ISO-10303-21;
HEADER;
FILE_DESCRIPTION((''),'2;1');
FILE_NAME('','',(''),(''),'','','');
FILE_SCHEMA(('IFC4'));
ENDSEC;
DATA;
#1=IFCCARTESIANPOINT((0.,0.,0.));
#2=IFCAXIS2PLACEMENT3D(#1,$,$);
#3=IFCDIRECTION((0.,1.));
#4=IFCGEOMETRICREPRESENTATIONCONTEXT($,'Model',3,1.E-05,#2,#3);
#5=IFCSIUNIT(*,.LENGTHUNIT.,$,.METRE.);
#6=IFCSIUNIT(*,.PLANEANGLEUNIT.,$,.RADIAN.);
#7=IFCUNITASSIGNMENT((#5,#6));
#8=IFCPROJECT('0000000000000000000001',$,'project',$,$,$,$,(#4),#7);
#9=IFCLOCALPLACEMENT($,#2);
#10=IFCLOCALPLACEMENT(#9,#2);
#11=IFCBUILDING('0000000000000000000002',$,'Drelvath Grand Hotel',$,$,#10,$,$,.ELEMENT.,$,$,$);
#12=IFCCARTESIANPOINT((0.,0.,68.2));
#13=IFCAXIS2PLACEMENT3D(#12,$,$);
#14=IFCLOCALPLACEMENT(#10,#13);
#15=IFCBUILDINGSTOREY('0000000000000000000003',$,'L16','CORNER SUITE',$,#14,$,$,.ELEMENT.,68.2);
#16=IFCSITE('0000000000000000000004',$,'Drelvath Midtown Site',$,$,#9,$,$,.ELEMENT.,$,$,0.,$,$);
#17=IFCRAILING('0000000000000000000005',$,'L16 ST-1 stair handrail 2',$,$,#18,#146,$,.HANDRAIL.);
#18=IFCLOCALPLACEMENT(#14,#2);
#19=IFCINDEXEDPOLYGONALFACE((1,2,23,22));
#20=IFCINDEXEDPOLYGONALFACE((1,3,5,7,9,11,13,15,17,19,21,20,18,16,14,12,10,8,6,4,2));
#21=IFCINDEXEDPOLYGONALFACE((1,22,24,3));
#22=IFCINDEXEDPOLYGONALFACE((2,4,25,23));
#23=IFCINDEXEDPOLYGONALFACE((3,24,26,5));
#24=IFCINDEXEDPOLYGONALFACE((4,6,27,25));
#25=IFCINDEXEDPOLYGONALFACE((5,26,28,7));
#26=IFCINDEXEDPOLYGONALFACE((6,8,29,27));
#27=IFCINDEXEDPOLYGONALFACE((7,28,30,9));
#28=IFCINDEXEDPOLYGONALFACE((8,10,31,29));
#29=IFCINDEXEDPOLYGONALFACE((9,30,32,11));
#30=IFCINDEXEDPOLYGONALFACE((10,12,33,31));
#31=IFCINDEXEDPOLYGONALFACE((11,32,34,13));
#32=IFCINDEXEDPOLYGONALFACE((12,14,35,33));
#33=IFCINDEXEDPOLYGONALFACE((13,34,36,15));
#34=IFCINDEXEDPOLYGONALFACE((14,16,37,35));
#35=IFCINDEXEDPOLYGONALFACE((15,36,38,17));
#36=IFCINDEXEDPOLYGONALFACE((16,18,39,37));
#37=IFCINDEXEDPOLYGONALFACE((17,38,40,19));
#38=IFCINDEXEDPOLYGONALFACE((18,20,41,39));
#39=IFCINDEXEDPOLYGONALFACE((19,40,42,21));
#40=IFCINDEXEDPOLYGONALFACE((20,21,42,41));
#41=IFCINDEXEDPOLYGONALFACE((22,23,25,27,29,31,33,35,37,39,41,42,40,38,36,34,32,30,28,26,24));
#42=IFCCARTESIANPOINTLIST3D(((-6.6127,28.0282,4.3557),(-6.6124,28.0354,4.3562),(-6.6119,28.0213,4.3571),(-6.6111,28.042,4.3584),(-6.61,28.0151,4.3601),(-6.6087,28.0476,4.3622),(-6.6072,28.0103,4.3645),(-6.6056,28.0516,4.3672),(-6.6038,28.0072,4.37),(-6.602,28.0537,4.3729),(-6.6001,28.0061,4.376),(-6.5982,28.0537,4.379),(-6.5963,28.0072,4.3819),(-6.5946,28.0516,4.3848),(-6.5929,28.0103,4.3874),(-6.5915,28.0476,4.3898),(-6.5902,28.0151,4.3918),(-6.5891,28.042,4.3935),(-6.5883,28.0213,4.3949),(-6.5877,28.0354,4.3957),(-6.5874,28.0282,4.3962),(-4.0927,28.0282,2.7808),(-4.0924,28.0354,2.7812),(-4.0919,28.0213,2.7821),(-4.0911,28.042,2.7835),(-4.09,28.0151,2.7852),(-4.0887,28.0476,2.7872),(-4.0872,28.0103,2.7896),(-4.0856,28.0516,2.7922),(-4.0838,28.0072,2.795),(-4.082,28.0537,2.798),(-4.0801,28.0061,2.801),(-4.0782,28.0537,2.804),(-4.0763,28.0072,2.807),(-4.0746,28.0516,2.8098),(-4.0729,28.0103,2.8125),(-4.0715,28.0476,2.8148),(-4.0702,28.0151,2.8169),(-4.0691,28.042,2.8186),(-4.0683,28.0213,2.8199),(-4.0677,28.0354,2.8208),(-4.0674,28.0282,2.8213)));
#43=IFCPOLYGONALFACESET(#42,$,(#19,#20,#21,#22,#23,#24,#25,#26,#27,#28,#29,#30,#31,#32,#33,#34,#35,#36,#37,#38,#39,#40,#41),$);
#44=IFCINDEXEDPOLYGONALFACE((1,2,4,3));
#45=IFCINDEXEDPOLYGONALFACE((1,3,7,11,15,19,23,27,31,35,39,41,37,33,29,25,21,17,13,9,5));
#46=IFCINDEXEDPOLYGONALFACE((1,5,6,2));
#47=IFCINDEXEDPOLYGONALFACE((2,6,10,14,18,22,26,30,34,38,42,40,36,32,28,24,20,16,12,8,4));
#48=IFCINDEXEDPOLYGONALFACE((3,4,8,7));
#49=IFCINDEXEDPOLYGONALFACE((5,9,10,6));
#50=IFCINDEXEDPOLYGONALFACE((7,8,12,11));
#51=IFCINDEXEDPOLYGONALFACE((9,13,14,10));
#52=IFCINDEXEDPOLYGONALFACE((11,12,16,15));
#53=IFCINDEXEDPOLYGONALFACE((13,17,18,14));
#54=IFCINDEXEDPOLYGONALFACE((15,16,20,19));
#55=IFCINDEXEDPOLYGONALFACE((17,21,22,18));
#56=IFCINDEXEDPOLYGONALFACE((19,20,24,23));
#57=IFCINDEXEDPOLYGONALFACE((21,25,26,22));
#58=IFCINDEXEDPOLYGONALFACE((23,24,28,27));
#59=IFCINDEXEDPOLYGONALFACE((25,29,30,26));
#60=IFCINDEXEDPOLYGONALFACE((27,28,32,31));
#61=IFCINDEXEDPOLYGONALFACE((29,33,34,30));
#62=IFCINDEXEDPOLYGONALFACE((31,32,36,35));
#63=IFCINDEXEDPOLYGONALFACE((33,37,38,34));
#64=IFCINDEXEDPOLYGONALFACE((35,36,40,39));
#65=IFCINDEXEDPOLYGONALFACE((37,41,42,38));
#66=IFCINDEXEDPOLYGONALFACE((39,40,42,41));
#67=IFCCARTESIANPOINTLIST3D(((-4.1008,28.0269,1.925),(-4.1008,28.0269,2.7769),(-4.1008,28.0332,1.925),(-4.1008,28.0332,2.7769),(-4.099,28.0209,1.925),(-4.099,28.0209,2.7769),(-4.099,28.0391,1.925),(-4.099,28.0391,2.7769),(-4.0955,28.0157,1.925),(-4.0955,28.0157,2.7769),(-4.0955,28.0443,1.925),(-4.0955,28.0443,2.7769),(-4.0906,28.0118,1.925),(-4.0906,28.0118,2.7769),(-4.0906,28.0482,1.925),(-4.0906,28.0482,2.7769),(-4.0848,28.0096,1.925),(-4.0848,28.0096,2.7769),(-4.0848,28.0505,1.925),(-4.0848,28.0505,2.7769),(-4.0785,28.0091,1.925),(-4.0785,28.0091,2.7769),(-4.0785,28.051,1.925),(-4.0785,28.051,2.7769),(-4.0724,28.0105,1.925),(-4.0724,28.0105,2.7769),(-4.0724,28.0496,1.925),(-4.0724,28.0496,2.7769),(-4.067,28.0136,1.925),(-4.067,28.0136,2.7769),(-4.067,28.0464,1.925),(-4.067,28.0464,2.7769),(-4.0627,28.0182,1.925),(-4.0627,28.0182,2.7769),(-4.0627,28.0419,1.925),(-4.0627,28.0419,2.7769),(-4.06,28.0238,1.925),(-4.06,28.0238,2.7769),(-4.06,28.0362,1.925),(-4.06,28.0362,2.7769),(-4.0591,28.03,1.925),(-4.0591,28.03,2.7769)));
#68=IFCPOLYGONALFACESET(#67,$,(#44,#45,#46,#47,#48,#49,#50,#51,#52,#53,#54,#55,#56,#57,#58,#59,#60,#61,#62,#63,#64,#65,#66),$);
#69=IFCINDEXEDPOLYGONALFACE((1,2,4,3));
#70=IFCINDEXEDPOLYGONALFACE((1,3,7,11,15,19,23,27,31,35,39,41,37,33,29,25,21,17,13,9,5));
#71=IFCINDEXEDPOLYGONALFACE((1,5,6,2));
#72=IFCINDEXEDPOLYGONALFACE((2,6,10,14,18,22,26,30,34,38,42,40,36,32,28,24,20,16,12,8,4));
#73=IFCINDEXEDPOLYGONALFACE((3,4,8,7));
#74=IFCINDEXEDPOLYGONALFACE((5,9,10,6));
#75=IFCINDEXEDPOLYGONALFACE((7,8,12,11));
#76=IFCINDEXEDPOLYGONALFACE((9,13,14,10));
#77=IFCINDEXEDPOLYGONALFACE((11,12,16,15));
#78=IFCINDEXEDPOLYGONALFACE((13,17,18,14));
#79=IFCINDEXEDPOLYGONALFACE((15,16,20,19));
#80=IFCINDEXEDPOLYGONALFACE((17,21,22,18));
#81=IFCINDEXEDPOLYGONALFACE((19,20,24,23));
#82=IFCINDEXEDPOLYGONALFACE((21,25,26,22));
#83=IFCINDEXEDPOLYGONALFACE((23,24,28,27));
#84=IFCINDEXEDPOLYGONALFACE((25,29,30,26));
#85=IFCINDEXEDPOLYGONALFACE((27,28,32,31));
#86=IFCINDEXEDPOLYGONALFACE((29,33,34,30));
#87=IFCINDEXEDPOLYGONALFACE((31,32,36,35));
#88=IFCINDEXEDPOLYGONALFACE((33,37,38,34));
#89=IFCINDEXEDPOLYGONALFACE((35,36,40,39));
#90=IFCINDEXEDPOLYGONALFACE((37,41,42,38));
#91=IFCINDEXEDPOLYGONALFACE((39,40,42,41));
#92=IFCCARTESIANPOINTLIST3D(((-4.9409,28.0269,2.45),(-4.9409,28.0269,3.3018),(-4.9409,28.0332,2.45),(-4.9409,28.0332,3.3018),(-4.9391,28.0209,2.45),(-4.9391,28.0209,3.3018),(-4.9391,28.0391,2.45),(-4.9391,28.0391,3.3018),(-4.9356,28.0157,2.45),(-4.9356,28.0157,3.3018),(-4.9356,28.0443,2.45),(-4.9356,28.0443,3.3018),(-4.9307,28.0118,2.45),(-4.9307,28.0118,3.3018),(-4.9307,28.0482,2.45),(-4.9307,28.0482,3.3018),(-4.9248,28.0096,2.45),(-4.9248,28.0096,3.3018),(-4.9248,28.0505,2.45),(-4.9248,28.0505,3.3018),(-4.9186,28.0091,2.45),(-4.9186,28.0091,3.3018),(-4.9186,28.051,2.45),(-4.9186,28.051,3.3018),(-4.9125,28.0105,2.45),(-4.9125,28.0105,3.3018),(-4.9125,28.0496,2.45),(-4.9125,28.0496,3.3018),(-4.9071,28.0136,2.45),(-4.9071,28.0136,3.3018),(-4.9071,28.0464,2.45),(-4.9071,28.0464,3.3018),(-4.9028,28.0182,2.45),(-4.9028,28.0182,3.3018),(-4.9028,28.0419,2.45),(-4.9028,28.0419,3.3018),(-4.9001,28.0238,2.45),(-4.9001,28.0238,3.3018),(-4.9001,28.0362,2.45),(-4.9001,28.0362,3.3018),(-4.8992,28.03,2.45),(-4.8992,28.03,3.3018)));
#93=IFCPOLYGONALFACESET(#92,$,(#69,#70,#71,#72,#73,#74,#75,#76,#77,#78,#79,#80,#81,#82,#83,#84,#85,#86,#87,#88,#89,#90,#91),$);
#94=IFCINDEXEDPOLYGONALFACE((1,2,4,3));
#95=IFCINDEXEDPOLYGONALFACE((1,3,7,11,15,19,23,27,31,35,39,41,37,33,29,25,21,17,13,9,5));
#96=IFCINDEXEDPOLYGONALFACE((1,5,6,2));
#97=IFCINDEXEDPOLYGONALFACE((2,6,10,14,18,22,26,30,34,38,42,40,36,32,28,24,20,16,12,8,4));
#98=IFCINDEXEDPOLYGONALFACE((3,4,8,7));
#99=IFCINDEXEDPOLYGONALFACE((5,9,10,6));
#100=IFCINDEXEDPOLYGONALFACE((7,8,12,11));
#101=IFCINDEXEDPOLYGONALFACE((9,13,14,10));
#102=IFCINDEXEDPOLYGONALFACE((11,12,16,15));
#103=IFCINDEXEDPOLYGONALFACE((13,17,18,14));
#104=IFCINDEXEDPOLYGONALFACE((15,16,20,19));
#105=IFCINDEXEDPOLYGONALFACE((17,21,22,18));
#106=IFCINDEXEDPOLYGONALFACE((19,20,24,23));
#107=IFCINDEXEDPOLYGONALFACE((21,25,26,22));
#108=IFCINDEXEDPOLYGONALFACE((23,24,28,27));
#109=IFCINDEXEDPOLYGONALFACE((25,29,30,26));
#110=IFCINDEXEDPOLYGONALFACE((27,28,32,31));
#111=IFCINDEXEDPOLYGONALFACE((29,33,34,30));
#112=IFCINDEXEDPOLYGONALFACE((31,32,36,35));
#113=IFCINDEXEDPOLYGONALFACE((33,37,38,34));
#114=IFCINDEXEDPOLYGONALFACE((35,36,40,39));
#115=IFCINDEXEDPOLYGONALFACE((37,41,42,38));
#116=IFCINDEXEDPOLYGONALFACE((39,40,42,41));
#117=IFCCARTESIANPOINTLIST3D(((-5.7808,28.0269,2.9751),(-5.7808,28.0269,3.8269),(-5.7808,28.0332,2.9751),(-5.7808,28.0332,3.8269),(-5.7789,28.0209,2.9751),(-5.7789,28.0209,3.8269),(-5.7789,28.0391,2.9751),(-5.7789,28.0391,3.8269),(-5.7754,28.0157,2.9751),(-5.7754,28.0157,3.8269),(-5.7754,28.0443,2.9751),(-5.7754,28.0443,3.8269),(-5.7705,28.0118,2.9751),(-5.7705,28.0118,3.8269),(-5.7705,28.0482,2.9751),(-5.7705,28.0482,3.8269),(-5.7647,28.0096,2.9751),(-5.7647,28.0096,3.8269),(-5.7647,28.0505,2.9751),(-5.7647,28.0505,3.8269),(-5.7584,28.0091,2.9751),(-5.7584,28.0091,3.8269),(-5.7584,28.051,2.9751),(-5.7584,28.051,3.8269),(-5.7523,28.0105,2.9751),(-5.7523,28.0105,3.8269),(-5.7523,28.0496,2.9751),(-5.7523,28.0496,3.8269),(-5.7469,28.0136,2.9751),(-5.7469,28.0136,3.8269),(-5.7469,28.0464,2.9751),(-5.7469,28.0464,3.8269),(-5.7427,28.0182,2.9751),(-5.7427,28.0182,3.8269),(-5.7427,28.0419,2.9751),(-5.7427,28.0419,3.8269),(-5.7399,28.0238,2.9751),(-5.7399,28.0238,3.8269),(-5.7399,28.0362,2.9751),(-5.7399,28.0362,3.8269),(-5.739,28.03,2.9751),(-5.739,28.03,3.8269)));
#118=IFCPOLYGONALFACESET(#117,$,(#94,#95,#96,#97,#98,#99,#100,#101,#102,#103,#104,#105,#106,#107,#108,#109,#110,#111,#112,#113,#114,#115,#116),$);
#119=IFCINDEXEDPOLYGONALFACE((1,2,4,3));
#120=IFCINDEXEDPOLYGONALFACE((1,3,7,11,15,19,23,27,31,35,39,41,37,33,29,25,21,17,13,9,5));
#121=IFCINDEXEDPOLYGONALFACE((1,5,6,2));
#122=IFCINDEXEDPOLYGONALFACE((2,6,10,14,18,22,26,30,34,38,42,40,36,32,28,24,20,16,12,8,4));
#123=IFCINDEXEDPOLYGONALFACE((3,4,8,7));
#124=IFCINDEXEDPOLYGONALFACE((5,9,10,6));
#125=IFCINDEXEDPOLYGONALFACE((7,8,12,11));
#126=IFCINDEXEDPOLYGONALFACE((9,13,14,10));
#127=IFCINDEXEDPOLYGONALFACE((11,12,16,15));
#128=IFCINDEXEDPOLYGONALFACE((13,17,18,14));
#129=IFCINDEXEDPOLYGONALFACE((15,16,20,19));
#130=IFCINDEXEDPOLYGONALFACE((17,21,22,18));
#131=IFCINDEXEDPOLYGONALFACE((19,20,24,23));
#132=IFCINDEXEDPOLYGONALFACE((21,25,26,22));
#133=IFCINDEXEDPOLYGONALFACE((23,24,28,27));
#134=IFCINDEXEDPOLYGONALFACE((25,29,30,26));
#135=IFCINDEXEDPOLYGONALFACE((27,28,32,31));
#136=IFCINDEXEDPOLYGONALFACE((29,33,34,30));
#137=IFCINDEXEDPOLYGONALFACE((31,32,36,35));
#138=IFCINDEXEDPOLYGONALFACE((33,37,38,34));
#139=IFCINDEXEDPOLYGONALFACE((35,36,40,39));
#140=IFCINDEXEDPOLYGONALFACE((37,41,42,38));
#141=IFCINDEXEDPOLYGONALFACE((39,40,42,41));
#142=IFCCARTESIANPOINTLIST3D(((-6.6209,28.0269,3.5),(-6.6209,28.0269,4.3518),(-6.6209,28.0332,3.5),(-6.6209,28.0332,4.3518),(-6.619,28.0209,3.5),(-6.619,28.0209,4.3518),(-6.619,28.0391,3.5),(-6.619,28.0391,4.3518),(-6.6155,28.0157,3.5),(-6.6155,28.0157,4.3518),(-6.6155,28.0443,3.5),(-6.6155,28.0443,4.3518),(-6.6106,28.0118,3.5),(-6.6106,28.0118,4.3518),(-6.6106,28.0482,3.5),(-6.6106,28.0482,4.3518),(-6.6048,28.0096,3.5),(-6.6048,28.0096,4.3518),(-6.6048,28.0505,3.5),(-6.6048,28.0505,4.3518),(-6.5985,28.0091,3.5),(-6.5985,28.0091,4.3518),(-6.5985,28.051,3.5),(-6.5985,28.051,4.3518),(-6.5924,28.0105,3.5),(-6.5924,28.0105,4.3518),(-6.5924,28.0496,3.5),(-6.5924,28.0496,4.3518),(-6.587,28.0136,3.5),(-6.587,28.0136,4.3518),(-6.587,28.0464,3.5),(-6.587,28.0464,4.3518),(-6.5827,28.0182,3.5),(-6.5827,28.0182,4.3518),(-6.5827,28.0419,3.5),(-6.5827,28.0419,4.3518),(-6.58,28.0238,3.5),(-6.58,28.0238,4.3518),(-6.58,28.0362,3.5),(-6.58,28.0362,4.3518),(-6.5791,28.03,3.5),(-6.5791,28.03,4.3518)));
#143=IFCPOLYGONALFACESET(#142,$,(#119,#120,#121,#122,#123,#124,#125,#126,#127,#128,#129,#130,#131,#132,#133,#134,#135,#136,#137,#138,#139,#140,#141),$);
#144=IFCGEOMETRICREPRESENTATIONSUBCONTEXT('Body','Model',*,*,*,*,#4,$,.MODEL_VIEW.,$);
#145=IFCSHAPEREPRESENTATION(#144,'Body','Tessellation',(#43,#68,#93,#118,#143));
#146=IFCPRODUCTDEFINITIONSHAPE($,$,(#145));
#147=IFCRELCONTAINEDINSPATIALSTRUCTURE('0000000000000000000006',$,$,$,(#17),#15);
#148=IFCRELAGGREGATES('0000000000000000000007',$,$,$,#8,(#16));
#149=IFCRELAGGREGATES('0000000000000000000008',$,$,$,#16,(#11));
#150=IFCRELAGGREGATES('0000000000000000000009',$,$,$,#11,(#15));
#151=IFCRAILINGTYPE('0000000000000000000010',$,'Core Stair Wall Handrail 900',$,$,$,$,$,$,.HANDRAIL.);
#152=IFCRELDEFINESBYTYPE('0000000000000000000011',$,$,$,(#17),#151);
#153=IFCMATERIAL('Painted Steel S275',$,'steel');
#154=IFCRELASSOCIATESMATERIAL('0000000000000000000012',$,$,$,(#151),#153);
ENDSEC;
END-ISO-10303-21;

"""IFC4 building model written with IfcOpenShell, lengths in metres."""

from ifc_helpers import new_model, si_unit, direction, frame, origin, origin_2d, place, context, subcontext, project, spatial, circle, extrude, material, type_object, element, save


model = new_model("IFC4")

# Units and contexts
model_context = context("Model", 3, precision=1e-05, world=origin(), true_north=direction((0.0, 1.0)))
body_context = subcontext(model_context, "Body", "Model", "MODEL_VIEW")
ifc_project = project(units=[si_unit("LENGTHUNIT", "METRE"), si_unit("PLANEANGLEUNIT", "RADIAN")], contexts=[model_context])

# Site, building, storey
site_placement = place(None, origin())
site = spatial("IfcSite", under=ifc_project, at=site_placement, Name="Drelvath Midtown Site", CompositionType="ELEMENT", RefElevation=0.0)
building_placement = place(site_placement, origin())
building = spatial("IfcBuilding", under=site, at=building_placement, Name="Drelvath Grand Hotel", CompositionType="ELEMENT")
storey_placement = place(building_placement, frame((0.0, 0.0, 68.2)))
storey = spatial("IfcBuildingStorey", under=building, at=storey_placement, Name="L16", Description="CORNER SUITE", CompositionType="ELEMENT", Elevation=68.2)

# Shared definitions
ifc_material_1 = material(Name="Painted Steel S275", Category="steel")

# Railing
railing_type = type_object("IfcRailingType", Name="Core Stair Wall Handrail 900", PredefinedType="HANDRAIL", material=ifc_material_1)
railing_placement = place(storey_placement, frame((-4.0801, 28.03, 1.925)))
element("IfcRailing", 1, at=railing_placement, inside=storey, type_object=railing_type, Name="L16 ST-1 stair handrail 2", PredefinedType="HANDRAIL", context=body_context, shape_type="SweptSolid", body=[
    extrude(circle(Radius=0.0239, at=origin_2d()), frame((0.0, 0.0, 0.876), z_axis=(-0.848008, 0.0, 0.529984), x_axis=(0.0, -1.0, 0.0)), (0.0, 0.0, 1.0), 2.9717),
    extrude(circle(Radius=0.021, at=origin_2d()), origin(), (0.0, 0.0, 1.0), 0.8518),
    extrude(circle(Radius=0.021, at=origin_2d()), frame((-0.8401, 0.0, 0.5249)), (0.0, 0.0, 1.0), 0.8518),
    extrude(circle(Radius=0.021, at=origin_2d()), frame((-1.6799, 0.0, 1.05)), (0.0, 0.0, 1.0), 0.8518),
    extrude(circle(Radius=0.021, at=origin_2d()), frame((-2.52, 0.0, 1.575)), (0.0, 0.0, 1.0), 0.8518),
])

save(model, "model.ifc")
